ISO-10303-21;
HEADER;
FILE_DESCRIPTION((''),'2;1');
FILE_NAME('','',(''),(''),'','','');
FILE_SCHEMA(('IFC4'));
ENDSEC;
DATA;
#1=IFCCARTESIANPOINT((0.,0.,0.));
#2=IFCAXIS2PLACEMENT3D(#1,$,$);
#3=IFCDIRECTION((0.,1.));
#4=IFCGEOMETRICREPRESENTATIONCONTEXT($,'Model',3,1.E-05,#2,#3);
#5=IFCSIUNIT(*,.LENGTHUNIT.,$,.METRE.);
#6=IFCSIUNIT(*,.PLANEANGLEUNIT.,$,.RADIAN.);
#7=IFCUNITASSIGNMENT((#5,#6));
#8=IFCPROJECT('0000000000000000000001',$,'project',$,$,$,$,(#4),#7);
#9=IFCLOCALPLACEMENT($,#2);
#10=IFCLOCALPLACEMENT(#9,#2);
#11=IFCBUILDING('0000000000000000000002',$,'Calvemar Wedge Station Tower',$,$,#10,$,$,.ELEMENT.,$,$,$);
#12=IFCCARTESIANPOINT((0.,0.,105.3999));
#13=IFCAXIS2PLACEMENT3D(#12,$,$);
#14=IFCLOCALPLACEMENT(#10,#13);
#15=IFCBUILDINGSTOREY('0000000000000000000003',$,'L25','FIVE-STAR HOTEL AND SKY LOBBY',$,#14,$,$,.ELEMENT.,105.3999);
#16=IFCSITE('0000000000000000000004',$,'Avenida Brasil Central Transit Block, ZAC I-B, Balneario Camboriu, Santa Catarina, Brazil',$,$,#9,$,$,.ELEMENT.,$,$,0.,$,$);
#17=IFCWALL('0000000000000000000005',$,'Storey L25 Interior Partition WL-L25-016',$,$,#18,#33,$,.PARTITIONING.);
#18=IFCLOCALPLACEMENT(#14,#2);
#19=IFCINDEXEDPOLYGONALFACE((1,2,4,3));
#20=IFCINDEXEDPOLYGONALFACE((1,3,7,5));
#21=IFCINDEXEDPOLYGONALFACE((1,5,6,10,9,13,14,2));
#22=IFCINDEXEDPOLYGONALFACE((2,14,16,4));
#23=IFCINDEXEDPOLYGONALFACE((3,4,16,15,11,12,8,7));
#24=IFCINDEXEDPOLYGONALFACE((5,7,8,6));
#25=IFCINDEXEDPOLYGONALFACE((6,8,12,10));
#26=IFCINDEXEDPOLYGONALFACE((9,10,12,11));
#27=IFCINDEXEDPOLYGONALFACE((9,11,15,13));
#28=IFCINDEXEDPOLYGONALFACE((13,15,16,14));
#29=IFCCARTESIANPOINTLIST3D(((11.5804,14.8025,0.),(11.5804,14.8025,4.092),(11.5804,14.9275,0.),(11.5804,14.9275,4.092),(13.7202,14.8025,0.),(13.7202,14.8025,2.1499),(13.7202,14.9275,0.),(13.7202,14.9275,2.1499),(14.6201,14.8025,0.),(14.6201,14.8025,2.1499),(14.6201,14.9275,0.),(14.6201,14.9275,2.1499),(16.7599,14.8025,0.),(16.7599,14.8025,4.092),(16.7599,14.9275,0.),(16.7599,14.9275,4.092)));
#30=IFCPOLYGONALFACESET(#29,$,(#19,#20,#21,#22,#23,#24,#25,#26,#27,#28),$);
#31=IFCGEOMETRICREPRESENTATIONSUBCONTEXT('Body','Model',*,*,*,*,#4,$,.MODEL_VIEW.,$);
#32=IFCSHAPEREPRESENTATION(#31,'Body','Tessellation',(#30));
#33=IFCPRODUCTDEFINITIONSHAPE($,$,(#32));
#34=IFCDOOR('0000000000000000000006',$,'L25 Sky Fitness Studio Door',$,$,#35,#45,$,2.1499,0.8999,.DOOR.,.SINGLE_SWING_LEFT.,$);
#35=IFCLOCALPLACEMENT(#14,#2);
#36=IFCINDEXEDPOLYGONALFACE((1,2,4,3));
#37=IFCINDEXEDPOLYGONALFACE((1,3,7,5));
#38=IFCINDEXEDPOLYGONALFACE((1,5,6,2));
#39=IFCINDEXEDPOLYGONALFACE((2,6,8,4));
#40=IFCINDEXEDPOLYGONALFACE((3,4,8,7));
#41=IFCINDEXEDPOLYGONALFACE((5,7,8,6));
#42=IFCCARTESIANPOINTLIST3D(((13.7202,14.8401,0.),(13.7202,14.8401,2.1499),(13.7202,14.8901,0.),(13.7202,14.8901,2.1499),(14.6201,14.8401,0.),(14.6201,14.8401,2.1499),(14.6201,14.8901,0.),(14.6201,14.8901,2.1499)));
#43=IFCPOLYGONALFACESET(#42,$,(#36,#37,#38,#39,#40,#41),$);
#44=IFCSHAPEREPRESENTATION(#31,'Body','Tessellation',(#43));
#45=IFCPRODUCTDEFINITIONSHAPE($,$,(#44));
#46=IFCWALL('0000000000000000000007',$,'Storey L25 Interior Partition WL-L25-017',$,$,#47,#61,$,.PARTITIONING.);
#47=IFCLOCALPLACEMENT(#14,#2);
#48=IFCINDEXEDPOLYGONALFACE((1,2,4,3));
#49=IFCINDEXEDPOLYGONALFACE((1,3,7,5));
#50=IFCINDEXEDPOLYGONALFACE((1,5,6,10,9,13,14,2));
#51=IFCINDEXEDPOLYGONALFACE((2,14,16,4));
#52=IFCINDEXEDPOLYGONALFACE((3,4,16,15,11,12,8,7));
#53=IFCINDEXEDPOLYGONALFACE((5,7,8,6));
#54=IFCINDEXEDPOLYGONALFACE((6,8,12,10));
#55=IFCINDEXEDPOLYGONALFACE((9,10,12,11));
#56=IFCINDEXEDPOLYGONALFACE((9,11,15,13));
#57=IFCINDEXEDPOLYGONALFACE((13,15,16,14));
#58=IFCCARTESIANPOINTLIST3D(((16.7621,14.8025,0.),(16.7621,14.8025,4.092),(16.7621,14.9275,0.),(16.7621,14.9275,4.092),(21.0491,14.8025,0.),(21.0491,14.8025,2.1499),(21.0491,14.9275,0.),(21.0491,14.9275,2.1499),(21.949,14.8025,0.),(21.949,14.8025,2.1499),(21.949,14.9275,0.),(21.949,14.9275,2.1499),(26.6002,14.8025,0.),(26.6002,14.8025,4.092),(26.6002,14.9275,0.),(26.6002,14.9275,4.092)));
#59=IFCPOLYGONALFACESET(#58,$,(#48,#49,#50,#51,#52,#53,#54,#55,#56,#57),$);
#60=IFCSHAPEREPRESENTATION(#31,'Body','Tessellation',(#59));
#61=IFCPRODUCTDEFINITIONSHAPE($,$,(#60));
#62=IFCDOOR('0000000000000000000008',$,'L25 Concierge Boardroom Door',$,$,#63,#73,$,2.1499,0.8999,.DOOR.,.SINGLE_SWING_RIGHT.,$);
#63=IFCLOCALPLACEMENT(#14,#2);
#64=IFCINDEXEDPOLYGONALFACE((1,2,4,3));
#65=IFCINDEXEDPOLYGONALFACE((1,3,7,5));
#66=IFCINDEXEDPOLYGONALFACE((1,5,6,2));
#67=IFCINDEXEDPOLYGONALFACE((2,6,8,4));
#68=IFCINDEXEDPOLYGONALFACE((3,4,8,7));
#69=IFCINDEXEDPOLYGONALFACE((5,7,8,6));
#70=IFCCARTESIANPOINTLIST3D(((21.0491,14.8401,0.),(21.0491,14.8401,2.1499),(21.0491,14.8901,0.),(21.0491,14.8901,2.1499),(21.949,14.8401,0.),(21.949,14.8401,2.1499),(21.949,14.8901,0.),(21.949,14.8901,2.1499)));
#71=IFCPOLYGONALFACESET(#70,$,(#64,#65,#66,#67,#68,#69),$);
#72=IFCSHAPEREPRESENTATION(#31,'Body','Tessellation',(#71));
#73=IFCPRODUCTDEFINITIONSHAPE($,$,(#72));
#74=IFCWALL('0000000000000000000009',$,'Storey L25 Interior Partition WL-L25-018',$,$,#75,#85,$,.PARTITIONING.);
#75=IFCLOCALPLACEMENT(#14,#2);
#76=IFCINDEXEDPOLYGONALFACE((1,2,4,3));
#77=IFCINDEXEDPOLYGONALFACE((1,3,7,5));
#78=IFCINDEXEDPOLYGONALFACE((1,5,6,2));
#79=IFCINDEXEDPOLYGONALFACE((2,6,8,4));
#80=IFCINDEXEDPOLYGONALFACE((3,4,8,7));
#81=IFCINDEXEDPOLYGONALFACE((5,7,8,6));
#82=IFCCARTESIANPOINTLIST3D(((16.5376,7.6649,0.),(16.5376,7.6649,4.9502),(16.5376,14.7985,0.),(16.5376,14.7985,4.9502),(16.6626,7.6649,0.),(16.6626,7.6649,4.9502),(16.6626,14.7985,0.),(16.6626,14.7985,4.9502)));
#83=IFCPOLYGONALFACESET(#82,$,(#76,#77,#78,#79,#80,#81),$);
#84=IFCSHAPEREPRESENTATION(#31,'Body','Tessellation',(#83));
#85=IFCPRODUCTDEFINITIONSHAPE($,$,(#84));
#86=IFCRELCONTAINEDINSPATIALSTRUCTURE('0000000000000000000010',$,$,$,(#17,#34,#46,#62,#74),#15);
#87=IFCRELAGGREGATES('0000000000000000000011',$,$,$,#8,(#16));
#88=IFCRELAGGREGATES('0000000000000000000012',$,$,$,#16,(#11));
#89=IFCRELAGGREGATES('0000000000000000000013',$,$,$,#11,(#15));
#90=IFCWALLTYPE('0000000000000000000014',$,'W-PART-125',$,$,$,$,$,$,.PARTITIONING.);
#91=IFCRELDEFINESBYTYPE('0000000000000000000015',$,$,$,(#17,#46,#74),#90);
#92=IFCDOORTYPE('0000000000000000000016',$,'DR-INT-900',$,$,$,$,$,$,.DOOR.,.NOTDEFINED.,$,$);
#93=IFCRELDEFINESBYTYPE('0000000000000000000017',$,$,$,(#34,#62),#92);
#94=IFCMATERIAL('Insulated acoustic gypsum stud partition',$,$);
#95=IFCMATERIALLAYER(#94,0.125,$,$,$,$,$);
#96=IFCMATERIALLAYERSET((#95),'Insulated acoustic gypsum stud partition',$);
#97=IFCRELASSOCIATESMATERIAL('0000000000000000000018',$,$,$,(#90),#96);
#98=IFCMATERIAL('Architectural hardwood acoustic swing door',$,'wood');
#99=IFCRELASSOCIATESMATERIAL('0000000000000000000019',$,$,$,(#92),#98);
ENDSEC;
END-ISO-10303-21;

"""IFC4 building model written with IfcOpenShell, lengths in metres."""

from ifc_helpers import new_model, si_unit, direction, frame, frame_2d, origin, place, context, subcontext, project, spatial, rectangle, extrude, source, transform, mapped, material, layer, layer_set, type_object, element, fill, save


model = new_model("IFC4")

# Units and contexts
model_context = context("Model", 3, precision=1e-05, world=origin(), true_north=direction((0.0, 1.0)))
body_context = subcontext(model_context, "Body", "Model", "MODEL_VIEW")
ifc_project = project(units=[si_unit("LENGTHUNIT", "METRE"), si_unit("PLANEANGLEUNIT", "RADIAN")], contexts=[model_context])

# Site, building, storey
site_placement = place(None, origin())
site = spatial("IfcSite", under=ifc_project, at=site_placement, Name="Avenida Brasil Central Transit Block, ZAC I-B, Balneario Camboriu, Santa Catarina, Brazil", CompositionType="ELEMENT", RefElevation=0.0)
building_placement = place(site_placement, origin())
building = spatial("IfcBuilding", under=site, at=building_placement, Name="Calvemar Wedge Station Tower", CompositionType="ELEMENT")
storey_placement = place(building_placement, frame((0.0, 0.0, 105.3999)))
storey = spatial("IfcBuildingStorey", under=building, at=storey_placement, Name="L25", Description="FIVE-STAR HOTEL AND SKY LOBBY", CompositionType="ELEMENT", Elevation=105.3999)

# Walls, openings, doors
ifc_material_1 = material(Name="Insulated acoustic gypsum stud partition")
ifc_layer_1 = layer(ifc_material_1, 0.125)
ifc_layer_set_1 = layer_set([ifc_layer_1], Name="Insulated acoustic gypsum stud partition")
wall_type_1 = type_object("IfcWallType", Name="W-PART-125", PredefinedType="PARTITIONING", material=ifc_layer_set_1)
wall_1_placement = place(storey_placement, frame((16.76, 14.865, 0.0), z_axis=(0.0, 0.0, 1.0), x_axis=(-1.0, 0.0, 0.0)))
wall_1 = element("IfcWall", 1, at=wall_1_placement, inside=storey, type_object=wall_type_1, Name="Storey L25 Interior Partition WL-L25-016", PredefinedType="PARTITIONING", context=body_context, shape_type="SweptSolid", body=[
    extrude(rectangle(XDim=5.1794, YDim=0.125, at=frame_2d((2.5898, 0.0))), origin(), (0.0, 0.0, 1.0), 4.092),
])
shared_shape_1 = source(origin(), body_context, "Body", "SweptSolid", [
    extrude(rectangle(XDim=0.8999, YDim=2.1499, at=frame_2d((0.45, 1.075))), frame((0.0, 0.0725, 0.0), z_axis=(0.0, -1.0, 0.0), x_axis=(1.0, 0.0, 0.0)), (0.0, 0.0, 1.0), 0.145),
])
opening_1_placement = place(wall_1_placement, frame((2.1399, 0.0, 0.0)))
opening_1 = element("IfcOpeningElement", 2, at=opening_1_placement, cuts=wall_1, PredefinedType="OPENING", context=body_context, shape_type="MappedRepresentation", body=[
    mapped(shared_shape_1, transform((0.0, 0.0, 0.0), scale=1.0)),
])
ifc_material_2 = material(Name="Architectural hardwood acoustic swing door", Category="wood")
door_type = type_object("IfcDoorType", Name="DR-INT-900", OperationType="NOTDEFINED", PredefinedType="DOOR", material=ifc_material_2)
shared_shape_2 = source(origin(), body_context, "Body", "SweptSolid", [
    extrude(rectangle(XDim=0.8999, YDim=2.1499, at=frame_2d((0.45, 1.075))), frame((0.0, 0.0249, 0.0), z_axis=(0.0, -1.0, 0.0), x_axis=(1.0, 0.0, 0.0)), (0.0, 0.0, 1.0), 0.05),
])
door_1_placement = place(opening_1_placement, origin())
door_1 = element("IfcDoor", 3, at=door_1_placement, inside=storey, type_object=door_type, Name="L25 Sky Fitness Studio Door", OperationType="SINGLE_SWING_LEFT", OverallHeight=2.1499, OverallWidth=0.8999, PredefinedType="DOOR", context=body_context, shape_type="MappedRepresentation", body=[
    mapped(shared_shape_2, transform((0.0, 0.0, 0.0), scale=1.0)),
])
fill(opening_1, door_1)
wall_2_placement = place(storey_placement, frame((26.6001, 14.865, 0.0), z_axis=(0.0, 0.0, 1.0), x_axis=(-1.0, 0.0, 0.0)))
wall_2 = element("IfcWall", 4, at=wall_2_placement, inside=storey, type_object=wall_type_1, Name="Storey L25 Interior Partition WL-L25-017", PredefinedType="PARTITIONING", context=body_context, shape_type="SweptSolid", body=[
    extrude(rectangle(XDim=9.8381, YDim=0.125, at=frame_2d((4.9189, 0.0))), origin(), (0.0, 0.0, 1.0), 4.092),
])
opening_2_placement = place(wall_2_placement, frame((4.6511, 0.0, 0.0)))
opening_2 = element("IfcOpeningElement", 5, at=opening_2_placement, cuts=wall_2, PredefinedType="OPENING", context=body_context, shape_type="MappedRepresentation", body=[
    mapped(shared_shape_1, transform((0.0, 0.0, 0.0), scale=1.0)),
])
door_2_placement = place(opening_2_placement, origin())
door_2 = element("IfcDoor", 6, at=door_2_placement, inside=storey, type_object=door_type, Name="L25 Concierge Boardroom Door", OperationType="SINGLE_SWING_RIGHT", OverallHeight=2.1499, OverallWidth=0.8999, PredefinedType="DOOR", context=body_context, shape_type="MappedRepresentation", body=[
    mapped(shared_shape_2, transform((0.0, 0.0, 0.0), scale=1.0)),
])
fill(opening_2, door_2)

# Wall
wall_3_placement = place(storey_placement, frame((16.6001, 14.7986, 0.0), z_axis=(0.0, 0.0, 1.0), x_axis=(0.0, -1.0, 0.0)))
element("IfcWall", 7, at=wall_3_placement, inside=storey, type_object=wall_type_1, Name="Storey L25 Interior Partition WL-L25-018", PredefinedType="PARTITIONING", context=body_context, shape_type="SweptSolid", body=[
    extrude(rectangle(XDim=7.1335, YDim=0.125, at=frame_2d((3.5669, 0.0))), origin(), (0.0, 0.0, 1.0), 4.9502),
])

save(model, "model.ifc")
